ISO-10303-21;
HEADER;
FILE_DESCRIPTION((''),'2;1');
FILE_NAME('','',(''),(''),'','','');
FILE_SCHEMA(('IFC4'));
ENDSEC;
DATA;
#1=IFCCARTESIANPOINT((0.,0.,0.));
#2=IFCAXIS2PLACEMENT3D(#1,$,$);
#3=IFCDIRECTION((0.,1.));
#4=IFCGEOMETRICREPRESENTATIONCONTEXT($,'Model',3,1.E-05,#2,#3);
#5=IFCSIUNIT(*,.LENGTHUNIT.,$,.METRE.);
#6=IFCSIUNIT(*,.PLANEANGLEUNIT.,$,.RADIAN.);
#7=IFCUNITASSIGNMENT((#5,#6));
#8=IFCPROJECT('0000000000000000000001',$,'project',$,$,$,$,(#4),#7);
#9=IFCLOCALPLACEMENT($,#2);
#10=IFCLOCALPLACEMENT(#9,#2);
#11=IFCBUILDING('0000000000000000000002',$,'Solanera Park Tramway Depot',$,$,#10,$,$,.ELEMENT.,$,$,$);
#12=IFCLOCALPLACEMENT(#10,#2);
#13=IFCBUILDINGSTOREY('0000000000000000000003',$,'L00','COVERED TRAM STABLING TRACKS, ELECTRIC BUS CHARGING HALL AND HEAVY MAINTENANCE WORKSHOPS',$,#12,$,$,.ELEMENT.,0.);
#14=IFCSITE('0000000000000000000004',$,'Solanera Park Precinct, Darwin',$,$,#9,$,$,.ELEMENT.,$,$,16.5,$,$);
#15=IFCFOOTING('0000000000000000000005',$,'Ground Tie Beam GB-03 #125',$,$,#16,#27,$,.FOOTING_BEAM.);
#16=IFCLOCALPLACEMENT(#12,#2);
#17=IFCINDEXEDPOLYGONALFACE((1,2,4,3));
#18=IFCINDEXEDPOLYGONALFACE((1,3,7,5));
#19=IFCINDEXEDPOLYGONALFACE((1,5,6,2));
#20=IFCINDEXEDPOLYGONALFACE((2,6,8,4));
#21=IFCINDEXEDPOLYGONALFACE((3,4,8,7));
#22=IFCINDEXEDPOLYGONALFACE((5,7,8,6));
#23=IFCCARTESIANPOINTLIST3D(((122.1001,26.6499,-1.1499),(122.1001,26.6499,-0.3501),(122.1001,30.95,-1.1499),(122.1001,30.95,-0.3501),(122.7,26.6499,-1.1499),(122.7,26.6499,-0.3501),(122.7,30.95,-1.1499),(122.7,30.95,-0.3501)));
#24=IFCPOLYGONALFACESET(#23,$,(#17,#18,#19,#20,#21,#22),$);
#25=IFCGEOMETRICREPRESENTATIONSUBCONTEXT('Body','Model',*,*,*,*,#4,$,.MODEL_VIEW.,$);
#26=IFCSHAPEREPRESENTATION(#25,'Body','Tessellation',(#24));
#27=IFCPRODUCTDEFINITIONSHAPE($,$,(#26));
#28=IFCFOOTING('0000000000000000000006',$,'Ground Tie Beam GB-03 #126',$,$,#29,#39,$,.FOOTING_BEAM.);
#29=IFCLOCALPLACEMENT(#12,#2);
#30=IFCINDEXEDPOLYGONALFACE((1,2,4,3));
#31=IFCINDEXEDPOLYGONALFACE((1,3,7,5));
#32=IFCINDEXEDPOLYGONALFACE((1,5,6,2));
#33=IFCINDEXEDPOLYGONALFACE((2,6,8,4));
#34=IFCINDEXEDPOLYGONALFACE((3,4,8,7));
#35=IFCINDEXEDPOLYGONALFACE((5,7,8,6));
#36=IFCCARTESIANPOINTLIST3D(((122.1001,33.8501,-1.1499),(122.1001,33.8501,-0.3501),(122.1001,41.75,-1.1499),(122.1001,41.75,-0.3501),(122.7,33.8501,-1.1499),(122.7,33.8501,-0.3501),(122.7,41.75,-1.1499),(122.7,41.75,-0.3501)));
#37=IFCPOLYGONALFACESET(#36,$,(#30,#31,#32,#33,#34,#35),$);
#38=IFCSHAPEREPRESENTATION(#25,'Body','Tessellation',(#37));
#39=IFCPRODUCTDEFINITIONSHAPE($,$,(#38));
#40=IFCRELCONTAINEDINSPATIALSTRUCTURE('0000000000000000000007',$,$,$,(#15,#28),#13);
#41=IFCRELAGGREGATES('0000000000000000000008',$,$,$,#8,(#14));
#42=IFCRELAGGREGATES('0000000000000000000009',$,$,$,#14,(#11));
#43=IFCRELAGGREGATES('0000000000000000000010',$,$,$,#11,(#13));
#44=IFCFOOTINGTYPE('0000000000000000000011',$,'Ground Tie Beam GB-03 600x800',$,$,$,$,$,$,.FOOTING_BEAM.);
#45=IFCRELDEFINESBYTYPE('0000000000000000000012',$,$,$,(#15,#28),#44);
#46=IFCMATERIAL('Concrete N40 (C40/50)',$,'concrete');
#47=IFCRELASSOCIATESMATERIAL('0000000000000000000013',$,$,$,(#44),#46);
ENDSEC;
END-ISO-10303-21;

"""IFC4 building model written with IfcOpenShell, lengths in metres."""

from ifc_helpers import new_model, si_unit, direction, frame, origin, place, context, subcontext, project, spatial, polyline, outline, extrude, material, type_object, element, save


model = new_model("IFC4")

# Units and contexts
model_context = context("Model", 3, precision=1e-05, world=origin(), true_north=direction((0.0, 1.0)))
body_context = subcontext(model_context, "Body", "Model", "MODEL_VIEW")
ifc_project = project(units=[si_unit("LENGTHUNIT", "METRE"), si_unit("PLANEANGLEUNIT", "RADIAN")], contexts=[model_context])

# Site, building, storey
site_placement = place(None, origin())
site = spatial("IfcSite", under=ifc_project, at=site_placement, Name="Solanera Park Precinct, Darwin", CompositionType="ELEMENT", RefElevation=16.5)
building_placement = place(site_placement, origin())
building = spatial("IfcBuilding", under=site, at=building_placement, Name="Solanera Park Tramway Depot", CompositionType="ELEMENT")
storey_placement = place(building_placement, origin())
storey = spatial("IfcBuildingStorey", under=building, at=storey_placement, Name="L00", Description="COVERED TRAM STABLING TRACKS, ELECTRIC BUS CHARGING HALL AND HEAVY MAINTENANCE WORKSHOPS", CompositionType="ELEMENT", Elevation=0.0)

# Footings
ifc_material_1 = material(Name="Concrete N40 (C40/50)", Category="concrete")
footing_type_1 = type_object("IfcFootingType", Name="Ground Tie Beam GB-03 600x800", PredefinedType="FOOTING_BEAM", material=ifc_material_1)
footing_1_placement = place(storey_placement, frame((0.0, 0.0, -1.1499)))
element("IfcFooting", 1, at=footing_1_placement, inside=storey, type_object=footing_type_1, Name="Ground Tie Beam GB-03 #125", PredefinedType="FOOTING_BEAM", context=body_context, shape_type="SweptSolid", body=[
    extrude(outline(polyline([(122.7, 26.6499), (122.7, 30.95), (122.1001, 30.95), (122.1001, 26.6499), (122.7, 26.6499)])), origin(), (0.0, 0.0, 1.0), 0.7998),
])
footing_2_placement = place(storey_placement, frame((0.0, 0.0, -1.1499)))
element("IfcFooting", 2, at=footing_2_placement, inside=storey, type_object=footing_type_1, Name="Ground Tie Beam GB-03 #126", PredefinedType="FOOTING_BEAM", context=body_context, shape_type="SweptSolid", body=[
    extrude(outline(polyline([(122.7, 33.8501), (122.7, 41.75), (122.1001, 41.75), (122.1001, 33.8501), (122.7, 33.8501)])), origin(), (0.0, 0.0, 1.0), 0.7998),
])

save(model, "model.ifc")
